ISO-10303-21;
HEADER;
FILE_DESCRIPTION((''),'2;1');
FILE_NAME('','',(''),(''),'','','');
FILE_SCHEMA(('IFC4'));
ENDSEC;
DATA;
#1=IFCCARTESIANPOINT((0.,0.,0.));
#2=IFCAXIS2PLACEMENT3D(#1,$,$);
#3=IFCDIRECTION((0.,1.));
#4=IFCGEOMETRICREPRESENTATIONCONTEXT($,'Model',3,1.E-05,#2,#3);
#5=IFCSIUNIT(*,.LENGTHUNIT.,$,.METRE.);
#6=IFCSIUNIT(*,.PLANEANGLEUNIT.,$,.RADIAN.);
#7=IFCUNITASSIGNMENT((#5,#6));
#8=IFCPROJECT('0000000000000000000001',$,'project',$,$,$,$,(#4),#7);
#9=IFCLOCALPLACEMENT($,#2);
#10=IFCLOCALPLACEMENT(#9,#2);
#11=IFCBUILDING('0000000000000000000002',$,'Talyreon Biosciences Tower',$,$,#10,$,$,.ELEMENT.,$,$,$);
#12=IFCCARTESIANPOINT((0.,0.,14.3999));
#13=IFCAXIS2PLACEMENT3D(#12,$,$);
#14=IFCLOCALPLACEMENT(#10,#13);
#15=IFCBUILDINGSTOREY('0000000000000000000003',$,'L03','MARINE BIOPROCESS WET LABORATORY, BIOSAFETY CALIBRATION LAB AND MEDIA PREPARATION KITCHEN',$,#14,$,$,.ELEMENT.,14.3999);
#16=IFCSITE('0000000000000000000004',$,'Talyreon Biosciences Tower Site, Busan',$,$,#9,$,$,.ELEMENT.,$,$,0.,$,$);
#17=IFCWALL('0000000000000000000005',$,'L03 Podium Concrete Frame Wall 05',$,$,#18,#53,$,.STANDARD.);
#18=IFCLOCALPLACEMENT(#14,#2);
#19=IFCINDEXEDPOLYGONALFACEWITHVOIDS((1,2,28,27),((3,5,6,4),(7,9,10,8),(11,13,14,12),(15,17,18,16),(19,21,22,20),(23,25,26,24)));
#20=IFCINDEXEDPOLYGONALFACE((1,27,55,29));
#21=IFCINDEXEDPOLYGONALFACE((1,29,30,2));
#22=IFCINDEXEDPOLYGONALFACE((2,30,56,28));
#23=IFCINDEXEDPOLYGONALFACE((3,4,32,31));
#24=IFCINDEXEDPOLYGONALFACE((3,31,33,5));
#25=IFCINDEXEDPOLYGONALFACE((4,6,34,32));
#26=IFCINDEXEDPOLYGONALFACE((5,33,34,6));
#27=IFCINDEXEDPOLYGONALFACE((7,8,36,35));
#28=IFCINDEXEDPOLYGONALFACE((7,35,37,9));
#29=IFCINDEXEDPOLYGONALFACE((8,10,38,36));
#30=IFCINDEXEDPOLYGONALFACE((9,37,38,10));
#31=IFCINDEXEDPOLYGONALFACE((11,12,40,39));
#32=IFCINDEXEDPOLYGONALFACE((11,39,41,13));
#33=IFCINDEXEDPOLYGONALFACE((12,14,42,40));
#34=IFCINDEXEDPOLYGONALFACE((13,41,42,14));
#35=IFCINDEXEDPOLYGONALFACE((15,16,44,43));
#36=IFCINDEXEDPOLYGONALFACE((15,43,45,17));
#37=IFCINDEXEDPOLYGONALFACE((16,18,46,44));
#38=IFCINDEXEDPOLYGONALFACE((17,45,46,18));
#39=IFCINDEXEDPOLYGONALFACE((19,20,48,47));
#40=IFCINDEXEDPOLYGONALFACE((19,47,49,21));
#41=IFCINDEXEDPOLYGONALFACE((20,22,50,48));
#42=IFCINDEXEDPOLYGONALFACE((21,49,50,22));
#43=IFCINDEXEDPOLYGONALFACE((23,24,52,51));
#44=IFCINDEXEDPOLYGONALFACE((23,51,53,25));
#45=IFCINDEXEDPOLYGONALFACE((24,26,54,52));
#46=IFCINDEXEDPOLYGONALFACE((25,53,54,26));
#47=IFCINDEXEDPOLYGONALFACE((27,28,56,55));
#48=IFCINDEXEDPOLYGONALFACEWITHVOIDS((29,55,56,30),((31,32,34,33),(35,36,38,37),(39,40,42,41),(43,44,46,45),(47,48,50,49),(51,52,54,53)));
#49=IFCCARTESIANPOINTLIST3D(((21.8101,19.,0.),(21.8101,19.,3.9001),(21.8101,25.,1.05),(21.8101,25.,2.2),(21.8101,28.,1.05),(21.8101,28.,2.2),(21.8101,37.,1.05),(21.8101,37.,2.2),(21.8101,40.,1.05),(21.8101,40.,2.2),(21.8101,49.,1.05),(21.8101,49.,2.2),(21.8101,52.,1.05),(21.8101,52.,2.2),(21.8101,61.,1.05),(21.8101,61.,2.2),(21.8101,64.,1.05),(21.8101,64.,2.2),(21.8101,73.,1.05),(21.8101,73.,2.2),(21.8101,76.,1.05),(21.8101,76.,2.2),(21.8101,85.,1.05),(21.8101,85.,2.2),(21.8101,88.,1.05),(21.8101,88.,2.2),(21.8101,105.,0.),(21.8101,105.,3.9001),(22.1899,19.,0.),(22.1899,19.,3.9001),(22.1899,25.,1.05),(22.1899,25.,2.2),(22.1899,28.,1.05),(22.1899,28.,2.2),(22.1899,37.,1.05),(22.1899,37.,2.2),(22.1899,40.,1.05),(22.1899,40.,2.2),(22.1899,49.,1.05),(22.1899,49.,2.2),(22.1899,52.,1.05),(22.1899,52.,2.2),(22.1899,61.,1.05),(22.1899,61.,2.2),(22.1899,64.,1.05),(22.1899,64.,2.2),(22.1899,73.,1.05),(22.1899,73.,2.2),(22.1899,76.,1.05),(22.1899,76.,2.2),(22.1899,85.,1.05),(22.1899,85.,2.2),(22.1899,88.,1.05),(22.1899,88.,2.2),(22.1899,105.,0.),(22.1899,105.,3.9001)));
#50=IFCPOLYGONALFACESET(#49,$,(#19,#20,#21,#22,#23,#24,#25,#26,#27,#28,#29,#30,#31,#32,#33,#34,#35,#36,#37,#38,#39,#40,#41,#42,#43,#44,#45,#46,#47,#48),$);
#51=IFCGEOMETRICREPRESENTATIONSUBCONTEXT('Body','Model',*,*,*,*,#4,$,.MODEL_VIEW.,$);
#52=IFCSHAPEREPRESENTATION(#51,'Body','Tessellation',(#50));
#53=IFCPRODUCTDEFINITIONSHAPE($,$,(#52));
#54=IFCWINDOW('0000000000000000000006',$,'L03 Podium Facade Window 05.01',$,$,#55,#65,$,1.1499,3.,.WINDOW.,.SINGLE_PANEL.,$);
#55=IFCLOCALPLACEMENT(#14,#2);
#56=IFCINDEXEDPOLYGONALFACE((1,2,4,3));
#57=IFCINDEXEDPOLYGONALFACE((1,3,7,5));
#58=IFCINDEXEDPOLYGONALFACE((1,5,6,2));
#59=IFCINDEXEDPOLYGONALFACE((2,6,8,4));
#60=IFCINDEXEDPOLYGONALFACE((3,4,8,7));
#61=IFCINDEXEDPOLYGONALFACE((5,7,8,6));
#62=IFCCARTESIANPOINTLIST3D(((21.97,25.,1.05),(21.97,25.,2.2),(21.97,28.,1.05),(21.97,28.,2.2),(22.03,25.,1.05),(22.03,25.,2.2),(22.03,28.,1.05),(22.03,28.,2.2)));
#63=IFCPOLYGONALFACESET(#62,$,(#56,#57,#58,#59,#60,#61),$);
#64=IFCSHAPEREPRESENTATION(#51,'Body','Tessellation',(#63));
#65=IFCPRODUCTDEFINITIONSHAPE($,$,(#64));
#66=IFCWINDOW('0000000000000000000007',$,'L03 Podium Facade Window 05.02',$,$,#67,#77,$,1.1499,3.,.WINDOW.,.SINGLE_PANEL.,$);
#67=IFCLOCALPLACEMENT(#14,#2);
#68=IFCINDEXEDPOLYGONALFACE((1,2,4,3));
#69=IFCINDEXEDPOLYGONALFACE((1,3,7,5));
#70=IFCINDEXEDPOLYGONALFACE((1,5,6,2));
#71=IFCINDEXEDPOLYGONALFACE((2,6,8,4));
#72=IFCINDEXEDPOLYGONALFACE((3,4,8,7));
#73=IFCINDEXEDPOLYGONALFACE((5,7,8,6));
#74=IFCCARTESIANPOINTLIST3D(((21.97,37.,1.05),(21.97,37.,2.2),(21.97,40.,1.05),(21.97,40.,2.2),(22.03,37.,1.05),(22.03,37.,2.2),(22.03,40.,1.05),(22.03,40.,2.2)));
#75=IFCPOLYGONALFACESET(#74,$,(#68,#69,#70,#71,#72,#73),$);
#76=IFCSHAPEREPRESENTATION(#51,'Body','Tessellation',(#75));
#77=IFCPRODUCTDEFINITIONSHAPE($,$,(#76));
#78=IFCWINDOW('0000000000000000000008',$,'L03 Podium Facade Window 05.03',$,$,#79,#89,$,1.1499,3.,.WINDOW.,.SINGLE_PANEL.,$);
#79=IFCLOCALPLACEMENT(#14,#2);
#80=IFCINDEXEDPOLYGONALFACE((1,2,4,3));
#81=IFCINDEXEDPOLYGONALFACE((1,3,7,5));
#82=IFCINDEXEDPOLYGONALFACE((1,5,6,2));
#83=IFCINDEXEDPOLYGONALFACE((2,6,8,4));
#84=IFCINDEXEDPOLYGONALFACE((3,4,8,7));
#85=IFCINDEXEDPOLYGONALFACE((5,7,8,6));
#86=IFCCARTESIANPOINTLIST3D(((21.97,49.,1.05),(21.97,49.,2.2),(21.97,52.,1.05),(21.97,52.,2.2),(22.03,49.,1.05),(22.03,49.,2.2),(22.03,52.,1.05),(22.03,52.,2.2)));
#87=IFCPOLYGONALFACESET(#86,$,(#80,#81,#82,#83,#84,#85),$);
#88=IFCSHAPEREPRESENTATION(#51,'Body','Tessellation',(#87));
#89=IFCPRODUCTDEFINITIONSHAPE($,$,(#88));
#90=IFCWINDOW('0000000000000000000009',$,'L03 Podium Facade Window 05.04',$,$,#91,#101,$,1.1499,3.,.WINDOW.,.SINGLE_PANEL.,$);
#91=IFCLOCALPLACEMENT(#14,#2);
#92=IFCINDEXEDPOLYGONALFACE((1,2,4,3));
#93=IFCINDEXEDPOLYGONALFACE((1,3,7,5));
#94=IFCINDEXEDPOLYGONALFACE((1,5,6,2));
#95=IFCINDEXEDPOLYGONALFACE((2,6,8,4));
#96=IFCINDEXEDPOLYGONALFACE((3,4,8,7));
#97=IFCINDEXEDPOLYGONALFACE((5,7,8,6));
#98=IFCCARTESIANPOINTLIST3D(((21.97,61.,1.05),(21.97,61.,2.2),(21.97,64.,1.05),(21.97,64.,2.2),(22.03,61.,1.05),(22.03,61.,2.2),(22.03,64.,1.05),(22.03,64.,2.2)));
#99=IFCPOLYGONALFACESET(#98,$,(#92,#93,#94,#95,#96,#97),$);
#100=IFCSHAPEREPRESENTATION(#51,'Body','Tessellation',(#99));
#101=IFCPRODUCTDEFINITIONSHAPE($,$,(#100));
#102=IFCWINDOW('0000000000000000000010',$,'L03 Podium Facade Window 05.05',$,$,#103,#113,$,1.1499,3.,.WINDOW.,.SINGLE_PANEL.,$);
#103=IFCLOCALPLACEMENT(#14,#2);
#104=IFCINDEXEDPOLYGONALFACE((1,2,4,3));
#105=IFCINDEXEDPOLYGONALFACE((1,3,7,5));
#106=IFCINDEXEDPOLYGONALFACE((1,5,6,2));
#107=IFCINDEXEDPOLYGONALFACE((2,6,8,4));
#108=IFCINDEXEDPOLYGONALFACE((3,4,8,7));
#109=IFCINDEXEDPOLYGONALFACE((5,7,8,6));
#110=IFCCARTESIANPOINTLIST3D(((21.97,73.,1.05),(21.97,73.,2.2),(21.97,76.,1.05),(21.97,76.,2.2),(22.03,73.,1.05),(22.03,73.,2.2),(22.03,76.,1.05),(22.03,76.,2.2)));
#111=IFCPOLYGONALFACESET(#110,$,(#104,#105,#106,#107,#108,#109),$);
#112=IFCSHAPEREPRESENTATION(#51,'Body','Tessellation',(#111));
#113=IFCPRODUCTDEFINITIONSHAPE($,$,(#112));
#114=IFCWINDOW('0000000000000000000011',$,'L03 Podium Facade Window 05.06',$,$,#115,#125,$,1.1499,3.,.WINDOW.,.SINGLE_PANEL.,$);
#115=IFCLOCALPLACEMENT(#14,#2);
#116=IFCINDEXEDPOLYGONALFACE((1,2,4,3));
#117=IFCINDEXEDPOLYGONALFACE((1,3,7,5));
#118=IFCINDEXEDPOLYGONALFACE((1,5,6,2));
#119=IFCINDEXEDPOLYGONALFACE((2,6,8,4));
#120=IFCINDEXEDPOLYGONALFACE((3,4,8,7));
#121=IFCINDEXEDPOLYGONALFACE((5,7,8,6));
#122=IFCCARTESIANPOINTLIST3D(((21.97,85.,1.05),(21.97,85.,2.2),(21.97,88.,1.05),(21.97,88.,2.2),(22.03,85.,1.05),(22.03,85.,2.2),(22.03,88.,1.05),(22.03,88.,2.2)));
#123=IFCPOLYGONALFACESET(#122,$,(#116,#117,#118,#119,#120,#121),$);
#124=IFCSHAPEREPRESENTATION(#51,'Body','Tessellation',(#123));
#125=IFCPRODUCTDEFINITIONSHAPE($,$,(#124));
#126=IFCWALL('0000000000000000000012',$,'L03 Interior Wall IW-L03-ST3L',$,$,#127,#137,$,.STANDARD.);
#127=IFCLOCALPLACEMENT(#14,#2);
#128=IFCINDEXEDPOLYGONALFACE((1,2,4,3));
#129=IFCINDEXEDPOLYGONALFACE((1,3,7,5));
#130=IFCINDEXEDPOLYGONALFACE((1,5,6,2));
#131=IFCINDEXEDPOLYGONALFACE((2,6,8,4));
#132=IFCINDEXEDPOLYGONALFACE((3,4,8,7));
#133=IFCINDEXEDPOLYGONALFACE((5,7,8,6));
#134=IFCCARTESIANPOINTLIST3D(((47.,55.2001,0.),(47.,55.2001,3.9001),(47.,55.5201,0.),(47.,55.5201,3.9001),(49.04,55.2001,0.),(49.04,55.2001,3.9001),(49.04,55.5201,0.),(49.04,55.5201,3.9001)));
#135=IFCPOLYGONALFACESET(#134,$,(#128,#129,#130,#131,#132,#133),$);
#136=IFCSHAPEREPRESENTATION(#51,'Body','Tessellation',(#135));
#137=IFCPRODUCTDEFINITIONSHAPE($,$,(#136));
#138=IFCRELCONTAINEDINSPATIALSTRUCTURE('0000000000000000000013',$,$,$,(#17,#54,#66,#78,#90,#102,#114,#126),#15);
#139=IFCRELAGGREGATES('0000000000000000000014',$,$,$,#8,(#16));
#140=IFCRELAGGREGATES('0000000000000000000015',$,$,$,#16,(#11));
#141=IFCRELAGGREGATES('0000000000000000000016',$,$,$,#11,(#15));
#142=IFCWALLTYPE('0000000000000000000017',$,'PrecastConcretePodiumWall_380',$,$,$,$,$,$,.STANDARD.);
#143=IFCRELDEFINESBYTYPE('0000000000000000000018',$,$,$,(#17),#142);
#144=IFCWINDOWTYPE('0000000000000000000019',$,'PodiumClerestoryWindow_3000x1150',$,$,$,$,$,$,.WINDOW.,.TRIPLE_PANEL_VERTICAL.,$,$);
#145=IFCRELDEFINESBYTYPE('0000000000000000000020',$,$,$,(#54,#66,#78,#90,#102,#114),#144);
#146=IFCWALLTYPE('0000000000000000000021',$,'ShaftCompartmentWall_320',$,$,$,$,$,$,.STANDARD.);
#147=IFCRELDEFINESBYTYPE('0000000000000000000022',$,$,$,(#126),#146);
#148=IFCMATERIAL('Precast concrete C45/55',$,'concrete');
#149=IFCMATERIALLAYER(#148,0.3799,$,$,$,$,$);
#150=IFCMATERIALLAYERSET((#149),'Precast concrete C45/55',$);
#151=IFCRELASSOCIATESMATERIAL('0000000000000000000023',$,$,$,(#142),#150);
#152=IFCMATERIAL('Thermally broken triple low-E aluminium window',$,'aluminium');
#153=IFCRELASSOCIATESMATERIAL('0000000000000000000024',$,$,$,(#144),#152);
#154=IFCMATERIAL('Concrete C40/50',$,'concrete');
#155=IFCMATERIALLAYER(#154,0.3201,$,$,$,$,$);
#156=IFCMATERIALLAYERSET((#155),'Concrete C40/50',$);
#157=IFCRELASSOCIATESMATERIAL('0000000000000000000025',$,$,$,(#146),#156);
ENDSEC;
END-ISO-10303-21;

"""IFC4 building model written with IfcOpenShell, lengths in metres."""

from ifc_helpers import new_model, si_unit, direction, frame, frame_2d, origin, place, context, subcontext, project, spatial, rectangle, extrude, material, layer, layer_set, type_object, element, fill, save


model = new_model("IFC4")

# Units and contexts
model_context = context("Model", 3, precision=1e-05, world=origin(), true_north=direction((0.0, 1.0)))
body_context = subcontext(model_context, "Body", "Model", "MODEL_VIEW")
ifc_project = project(units=[si_unit("LENGTHUNIT", "METRE"), si_unit("PLANEANGLEUNIT", "RADIAN")], contexts=[model_context])

# Site, building, storey
site_placement = place(None, origin())
site = spatial("IfcSite", under=ifc_project, at=site_placement, Name="Talyreon Biosciences Tower Site, Busan", CompositionType="ELEMENT", RefElevation=0.0)
building_placement = place(site_placement, origin())
building = spatial("IfcBuilding", under=site, at=building_placement, Name="Talyreon Biosciences Tower", CompositionType="ELEMENT")
storey_placement = place(building_placement, frame((0.0, 0.0, 14.3999)))
storey = spatial("IfcBuildingStorey", under=building, at=storey_placement, Name="L03", Description="MARINE BIOPROCESS WET LABORATORY, BIOSAFETY CALIBRATION LAB AND MEDIA PREPARATION KITCHEN", CompositionType="ELEMENT", Elevation=14.3999)

# Shared definitions
ifc_material_1 = material(Name="Concrete C40/50", Category="concrete")

# Shared definitions
ifc_material_2 = material(Name="Precast concrete C45/55", Category="concrete")
ifc_layer_1 = layer(ifc_material_2, 0.3799)
ifc_layer_set_1 = layer_set([ifc_layer_1], Name="Precast concrete C45/55")
wall_type_1 = type_object("IfcWallType", Name="PrecastConcretePodiumWall_380", PredefinedType="STANDARD", material=ifc_layer_set_1)

# Wall, openings, windows
wall_1_placement = place(storey_placement, frame((22.0, 19.0, 0.0), z_axis=(0.0, 0.0, 1.0), x_axis=(0.0, 1.0, 0.0)))
wall_1 = element("IfcWall", 1, at=wall_1_placement, inside=storey, type_object=wall_type_1, Name="L03 Podium Concrete Frame Wall 05", PredefinedType="STANDARD", context=body_context, shape_type="SweptSolid", body=[
    extrude(rectangle(XDim=86.0, YDim=0.3799, at=frame_2d((43.0, 0.0))), origin(), (0.0, 0.0, 1.0), 3.9001),
])
opening_1_placement = place(wall_1_placement, frame((6.0, 0.0, 1.05)))
opening_1 = element("IfcOpeningElement", 2, at=opening_1_placement, cuts=wall_1, PredefinedType="OPENING", context=body_context, shape_type="SweptSolid", body=[
    extrude(rectangle(XDim=3.0, YDim=1.1499, at=frame_2d((1.5, 0.575))), frame((0.0, 0.2, 0.0), z_axis=(0.0, -1.0, 0.0), x_axis=(1.0, 0.0, 0.0)), (0.0, 0.0, 1.0), 0.3999),
])
opening_2_placement = place(wall_1_placement, frame((18.0, 0.0, 1.05)))
opening_2 = element("IfcOpeningElement", 3, at=opening_2_placement, cuts=wall_1, PredefinedType="OPENING", context=body_context, shape_type="SweptSolid", body=[
    extrude(rectangle(XDim=3.0, YDim=1.1499, at=frame_2d((1.5, 0.575))), frame((0.0, 0.2, 0.0), z_axis=(0.0, -1.0, 0.0), x_axis=(1.0, 0.0, 0.0)), (0.0, 0.0, 1.0), 0.3999),
])
opening_3_placement = place(wall_1_placement, frame((30.0, 0.0, 1.05)))
opening_3 = element("IfcOpeningElement", 4, at=opening_3_placement, cuts=wall_1, PredefinedType="OPENING", context=body_context, shape_type="SweptSolid", body=[
    extrude(rectangle(XDim=3.0, YDim=1.1499, at=frame_2d((1.5, 0.575))), frame((0.0, 0.2, 0.0), z_axis=(0.0, -1.0, 0.0), x_axis=(1.0, 0.0, 0.0)), (0.0, 0.0, 1.0), 0.3999),
])
opening_4_placement = place(wall_1_placement, frame((42.0, 0.0, 1.05)))
opening_4 = element("IfcOpeningElement", 5, at=opening_4_placement, cuts=wall_1, PredefinedType="OPENING", context=body_context, shape_type="SweptSolid", body=[
    extrude(rectangle(XDim=3.0, YDim=1.1499, at=frame_2d((1.5, 0.575))), frame((0.0, 0.2, 0.0), z_axis=(0.0, -1.0, 0.0), x_axis=(1.0, 0.0, 0.0)), (0.0, 0.0, 1.0), 0.3999),
])
opening_5_placement = place(wall_1_placement, frame((54.0, 0.0, 1.05)))
opening_5 = element("IfcOpeningElement", 6, at=opening_5_placement, cuts=wall_1, PredefinedType="OPENING", context=body_context, shape_type="SweptSolid", body=[
    extrude(rectangle(XDim=3.0, YDim=1.1499, at=frame_2d((1.5, 0.575))), frame((0.0, 0.2, 0.0), z_axis=(0.0, -1.0, 0.0), x_axis=(1.0, 0.0, 0.0)), (0.0, 0.0, 1.0), 0.3999),
])
opening_6_placement = place(wall_1_placement, frame((66.0, 0.0, 1.05)))
opening_6 = element("IfcOpeningElement", 7, at=opening_6_placement, cuts=wall_1, PredefinedType="OPENING", context=body_context, shape_type="SweptSolid", body=[
    extrude(rectangle(XDim=3.0, YDim=1.1499, at=frame_2d((1.5, 0.575))), frame((0.0, 0.2, 0.0), z_axis=(0.0, -1.0, 0.0), x_axis=(1.0, 0.0, 0.0)), (0.0, 0.0, 1.0), 0.3999),
])
ifc_material_3 = material(Name="Thermally broken triple low-E aluminium window", Category="aluminium")
window_type = type_object("IfcWindowType", Name="PodiumClerestoryWindow_3000x1150", PartitioningType="TRIPLE_PANEL_VERTICAL", PredefinedType="WINDOW", material=ifc_material_3)
window_1_placement = place(opening_1_placement, origin())
window_1 = element("IfcWindow", 8, at=window_1_placement, inside=storey, type_object=window_type, Name="L03 Podium Facade Window 05.01", OverallHeight=1.1499, OverallWidth=3.0, PartitioningType="SINGLE_PANEL", PredefinedType="WINDOW", context=body_context, shape_type="SweptSolid", body=[
    extrude(rectangle(XDim=3.0, YDim=1.1499, at=frame_2d((1.5, 0.575))), frame((0.0, 0.03, 0.0), z_axis=(0.0, -1.0, 0.0), x_axis=(1.0, 0.0, 0.0)), (0.0, 0.0, 1.0), 0.0601),
])
fill(opening_1, window_1)
window_2_placement = place(opening_2_placement, origin())
window_2 = element("IfcWindow", 9, at=window_2_placement, inside=storey, type_object=window_type, Name="L03 Podium Facade Window 05.02", OverallHeight=1.1499, OverallWidth=3.0, PartitioningType="SINGLE_PANEL", PredefinedType="WINDOW", context=body_context, shape_type="SweptSolid", body=[
    extrude(rectangle(XDim=3.0, YDim=1.1499, at=frame_2d((1.5, 0.575))), frame((0.0, 0.03, 0.0), z_axis=(0.0, -1.0, 0.0), x_axis=(1.0, 0.0, 0.0)), (0.0, 0.0, 1.0), 0.0601),
])
fill(opening_2, window_2)
window_3_placement = place(opening_3_placement, origin())
window_3 = element("IfcWindow", 10, at=window_3_placement, inside=storey, type_object=window_type, Name="L03 Podium Facade Window 05.03", OverallHeight=1.1499, OverallWidth=3.0, PartitioningType="SINGLE_PANEL", PredefinedType="WINDOW", context=body_context, shape_type="SweptSolid", body=[
    extrude(rectangle(XDim=3.0, YDim=1.1499, at=frame_2d((1.5, 0.575))), frame((0.0, 0.03, 0.0), z_axis=(0.0, -1.0, 0.0), x_axis=(1.0, 0.0, 0.0)), (0.0, 0.0, 1.0), 0.0601),
])
fill(opening_3, window_3)
window_4_placement = place(opening_4_placement, origin())
window_4 = element("IfcWindow", 11, at=window_4_placement, inside=storey, type_object=window_type, Name="L03 Podium Facade Window 05.04", OverallHeight=1.1499, OverallWidth=3.0, PartitioningType="SINGLE_PANEL", PredefinedType="WINDOW", context=body_context, shape_type="SweptSolid", body=[
    extrude(rectangle(XDim=3.0, YDim=1.1499, at=frame_2d((1.5, 0.575))), frame((0.0, 0.03, 0.0), z_axis=(0.0, -1.0, 0.0), x_axis=(1.0, 0.0, 0.0)), (0.0, 0.0, 1.0), 0.0601),
])
fill(opening_4, window_4)
window_5_placement = place(opening_5_placement, origin())
window_5 = element("IfcWindow", 12, at=window_5_placement, inside=storey, type_object=window_type, Name="L03 Podium Facade Window 05.05", OverallHeight=1.1499, OverallWidth=3.0, PartitioningType="SINGLE_PANEL", PredefinedType="WINDOW", context=body_context, shape_type="SweptSolid", body=[
    extrude(rectangle(XDim=3.0, YDim=1.1499, at=frame_2d((1.5, 0.575))), frame((0.0, 0.03, 0.0), z_axis=(0.0, -1.0, 0.0), x_axis=(1.0, 0.0, 0.0)), (0.0, 0.0, 1.0), 0.0601),
])
fill(opening_5, window_5)
window_6_placement = place(opening_6_placement, origin())
window_6 = element("IfcWindow", 13, at=window_6_placement, inside=storey, type_object=window_type, Name="L03 Podium Facade Window 05.06", OverallHeight=1.1499, OverallWidth=3.0, PartitioningType="SINGLE_PANEL", PredefinedType="WINDOW", context=body_context, shape_type="SweptSolid", body=[
    extrude(rectangle(XDim=3.0, YDim=1.1499, at=frame_2d((1.5, 0.575))), frame((0.0, 0.03, 0.0), z_axis=(0.0, -1.0, 0.0), x_axis=(1.0, 0.0, 0.0)), (0.0, 0.0, 1.0), 0.0601),
])
fill(opening_6, window_6)

# Wall
ifc_layer_2 = layer(ifc_material_1, 0.3201)
ifc_layer_set_2 = layer_set([ifc_layer_2], Name="Concrete C40/50")
wall_type_2 = type_object("IfcWallType", Name="ShaftCompartmentWall_320", PredefinedType="STANDARD", material=ifc_layer_set_2)
wall_2_placement = place(storey_placement, frame((47.0, 55.3601, 0.0), z_axis=(0.0, 0.0, 1.0), x_axis=(1.0, 0.0, 0.0)))
element("IfcWall", 14, at=wall_2_placement, inside=storey, type_object=wall_type_2, Name="L03 Interior Wall IW-L03-ST3L", PredefinedType="STANDARD", context=body_context, shape_type="SweptSolid", body=[
    extrude(rectangle(XDim=2.04, YDim=0.3201, at=frame_2d((1.02, 0.0))), origin(), (0.0, 0.0, 1.0), 3.9001),
])

save(model, "model.ifc")
